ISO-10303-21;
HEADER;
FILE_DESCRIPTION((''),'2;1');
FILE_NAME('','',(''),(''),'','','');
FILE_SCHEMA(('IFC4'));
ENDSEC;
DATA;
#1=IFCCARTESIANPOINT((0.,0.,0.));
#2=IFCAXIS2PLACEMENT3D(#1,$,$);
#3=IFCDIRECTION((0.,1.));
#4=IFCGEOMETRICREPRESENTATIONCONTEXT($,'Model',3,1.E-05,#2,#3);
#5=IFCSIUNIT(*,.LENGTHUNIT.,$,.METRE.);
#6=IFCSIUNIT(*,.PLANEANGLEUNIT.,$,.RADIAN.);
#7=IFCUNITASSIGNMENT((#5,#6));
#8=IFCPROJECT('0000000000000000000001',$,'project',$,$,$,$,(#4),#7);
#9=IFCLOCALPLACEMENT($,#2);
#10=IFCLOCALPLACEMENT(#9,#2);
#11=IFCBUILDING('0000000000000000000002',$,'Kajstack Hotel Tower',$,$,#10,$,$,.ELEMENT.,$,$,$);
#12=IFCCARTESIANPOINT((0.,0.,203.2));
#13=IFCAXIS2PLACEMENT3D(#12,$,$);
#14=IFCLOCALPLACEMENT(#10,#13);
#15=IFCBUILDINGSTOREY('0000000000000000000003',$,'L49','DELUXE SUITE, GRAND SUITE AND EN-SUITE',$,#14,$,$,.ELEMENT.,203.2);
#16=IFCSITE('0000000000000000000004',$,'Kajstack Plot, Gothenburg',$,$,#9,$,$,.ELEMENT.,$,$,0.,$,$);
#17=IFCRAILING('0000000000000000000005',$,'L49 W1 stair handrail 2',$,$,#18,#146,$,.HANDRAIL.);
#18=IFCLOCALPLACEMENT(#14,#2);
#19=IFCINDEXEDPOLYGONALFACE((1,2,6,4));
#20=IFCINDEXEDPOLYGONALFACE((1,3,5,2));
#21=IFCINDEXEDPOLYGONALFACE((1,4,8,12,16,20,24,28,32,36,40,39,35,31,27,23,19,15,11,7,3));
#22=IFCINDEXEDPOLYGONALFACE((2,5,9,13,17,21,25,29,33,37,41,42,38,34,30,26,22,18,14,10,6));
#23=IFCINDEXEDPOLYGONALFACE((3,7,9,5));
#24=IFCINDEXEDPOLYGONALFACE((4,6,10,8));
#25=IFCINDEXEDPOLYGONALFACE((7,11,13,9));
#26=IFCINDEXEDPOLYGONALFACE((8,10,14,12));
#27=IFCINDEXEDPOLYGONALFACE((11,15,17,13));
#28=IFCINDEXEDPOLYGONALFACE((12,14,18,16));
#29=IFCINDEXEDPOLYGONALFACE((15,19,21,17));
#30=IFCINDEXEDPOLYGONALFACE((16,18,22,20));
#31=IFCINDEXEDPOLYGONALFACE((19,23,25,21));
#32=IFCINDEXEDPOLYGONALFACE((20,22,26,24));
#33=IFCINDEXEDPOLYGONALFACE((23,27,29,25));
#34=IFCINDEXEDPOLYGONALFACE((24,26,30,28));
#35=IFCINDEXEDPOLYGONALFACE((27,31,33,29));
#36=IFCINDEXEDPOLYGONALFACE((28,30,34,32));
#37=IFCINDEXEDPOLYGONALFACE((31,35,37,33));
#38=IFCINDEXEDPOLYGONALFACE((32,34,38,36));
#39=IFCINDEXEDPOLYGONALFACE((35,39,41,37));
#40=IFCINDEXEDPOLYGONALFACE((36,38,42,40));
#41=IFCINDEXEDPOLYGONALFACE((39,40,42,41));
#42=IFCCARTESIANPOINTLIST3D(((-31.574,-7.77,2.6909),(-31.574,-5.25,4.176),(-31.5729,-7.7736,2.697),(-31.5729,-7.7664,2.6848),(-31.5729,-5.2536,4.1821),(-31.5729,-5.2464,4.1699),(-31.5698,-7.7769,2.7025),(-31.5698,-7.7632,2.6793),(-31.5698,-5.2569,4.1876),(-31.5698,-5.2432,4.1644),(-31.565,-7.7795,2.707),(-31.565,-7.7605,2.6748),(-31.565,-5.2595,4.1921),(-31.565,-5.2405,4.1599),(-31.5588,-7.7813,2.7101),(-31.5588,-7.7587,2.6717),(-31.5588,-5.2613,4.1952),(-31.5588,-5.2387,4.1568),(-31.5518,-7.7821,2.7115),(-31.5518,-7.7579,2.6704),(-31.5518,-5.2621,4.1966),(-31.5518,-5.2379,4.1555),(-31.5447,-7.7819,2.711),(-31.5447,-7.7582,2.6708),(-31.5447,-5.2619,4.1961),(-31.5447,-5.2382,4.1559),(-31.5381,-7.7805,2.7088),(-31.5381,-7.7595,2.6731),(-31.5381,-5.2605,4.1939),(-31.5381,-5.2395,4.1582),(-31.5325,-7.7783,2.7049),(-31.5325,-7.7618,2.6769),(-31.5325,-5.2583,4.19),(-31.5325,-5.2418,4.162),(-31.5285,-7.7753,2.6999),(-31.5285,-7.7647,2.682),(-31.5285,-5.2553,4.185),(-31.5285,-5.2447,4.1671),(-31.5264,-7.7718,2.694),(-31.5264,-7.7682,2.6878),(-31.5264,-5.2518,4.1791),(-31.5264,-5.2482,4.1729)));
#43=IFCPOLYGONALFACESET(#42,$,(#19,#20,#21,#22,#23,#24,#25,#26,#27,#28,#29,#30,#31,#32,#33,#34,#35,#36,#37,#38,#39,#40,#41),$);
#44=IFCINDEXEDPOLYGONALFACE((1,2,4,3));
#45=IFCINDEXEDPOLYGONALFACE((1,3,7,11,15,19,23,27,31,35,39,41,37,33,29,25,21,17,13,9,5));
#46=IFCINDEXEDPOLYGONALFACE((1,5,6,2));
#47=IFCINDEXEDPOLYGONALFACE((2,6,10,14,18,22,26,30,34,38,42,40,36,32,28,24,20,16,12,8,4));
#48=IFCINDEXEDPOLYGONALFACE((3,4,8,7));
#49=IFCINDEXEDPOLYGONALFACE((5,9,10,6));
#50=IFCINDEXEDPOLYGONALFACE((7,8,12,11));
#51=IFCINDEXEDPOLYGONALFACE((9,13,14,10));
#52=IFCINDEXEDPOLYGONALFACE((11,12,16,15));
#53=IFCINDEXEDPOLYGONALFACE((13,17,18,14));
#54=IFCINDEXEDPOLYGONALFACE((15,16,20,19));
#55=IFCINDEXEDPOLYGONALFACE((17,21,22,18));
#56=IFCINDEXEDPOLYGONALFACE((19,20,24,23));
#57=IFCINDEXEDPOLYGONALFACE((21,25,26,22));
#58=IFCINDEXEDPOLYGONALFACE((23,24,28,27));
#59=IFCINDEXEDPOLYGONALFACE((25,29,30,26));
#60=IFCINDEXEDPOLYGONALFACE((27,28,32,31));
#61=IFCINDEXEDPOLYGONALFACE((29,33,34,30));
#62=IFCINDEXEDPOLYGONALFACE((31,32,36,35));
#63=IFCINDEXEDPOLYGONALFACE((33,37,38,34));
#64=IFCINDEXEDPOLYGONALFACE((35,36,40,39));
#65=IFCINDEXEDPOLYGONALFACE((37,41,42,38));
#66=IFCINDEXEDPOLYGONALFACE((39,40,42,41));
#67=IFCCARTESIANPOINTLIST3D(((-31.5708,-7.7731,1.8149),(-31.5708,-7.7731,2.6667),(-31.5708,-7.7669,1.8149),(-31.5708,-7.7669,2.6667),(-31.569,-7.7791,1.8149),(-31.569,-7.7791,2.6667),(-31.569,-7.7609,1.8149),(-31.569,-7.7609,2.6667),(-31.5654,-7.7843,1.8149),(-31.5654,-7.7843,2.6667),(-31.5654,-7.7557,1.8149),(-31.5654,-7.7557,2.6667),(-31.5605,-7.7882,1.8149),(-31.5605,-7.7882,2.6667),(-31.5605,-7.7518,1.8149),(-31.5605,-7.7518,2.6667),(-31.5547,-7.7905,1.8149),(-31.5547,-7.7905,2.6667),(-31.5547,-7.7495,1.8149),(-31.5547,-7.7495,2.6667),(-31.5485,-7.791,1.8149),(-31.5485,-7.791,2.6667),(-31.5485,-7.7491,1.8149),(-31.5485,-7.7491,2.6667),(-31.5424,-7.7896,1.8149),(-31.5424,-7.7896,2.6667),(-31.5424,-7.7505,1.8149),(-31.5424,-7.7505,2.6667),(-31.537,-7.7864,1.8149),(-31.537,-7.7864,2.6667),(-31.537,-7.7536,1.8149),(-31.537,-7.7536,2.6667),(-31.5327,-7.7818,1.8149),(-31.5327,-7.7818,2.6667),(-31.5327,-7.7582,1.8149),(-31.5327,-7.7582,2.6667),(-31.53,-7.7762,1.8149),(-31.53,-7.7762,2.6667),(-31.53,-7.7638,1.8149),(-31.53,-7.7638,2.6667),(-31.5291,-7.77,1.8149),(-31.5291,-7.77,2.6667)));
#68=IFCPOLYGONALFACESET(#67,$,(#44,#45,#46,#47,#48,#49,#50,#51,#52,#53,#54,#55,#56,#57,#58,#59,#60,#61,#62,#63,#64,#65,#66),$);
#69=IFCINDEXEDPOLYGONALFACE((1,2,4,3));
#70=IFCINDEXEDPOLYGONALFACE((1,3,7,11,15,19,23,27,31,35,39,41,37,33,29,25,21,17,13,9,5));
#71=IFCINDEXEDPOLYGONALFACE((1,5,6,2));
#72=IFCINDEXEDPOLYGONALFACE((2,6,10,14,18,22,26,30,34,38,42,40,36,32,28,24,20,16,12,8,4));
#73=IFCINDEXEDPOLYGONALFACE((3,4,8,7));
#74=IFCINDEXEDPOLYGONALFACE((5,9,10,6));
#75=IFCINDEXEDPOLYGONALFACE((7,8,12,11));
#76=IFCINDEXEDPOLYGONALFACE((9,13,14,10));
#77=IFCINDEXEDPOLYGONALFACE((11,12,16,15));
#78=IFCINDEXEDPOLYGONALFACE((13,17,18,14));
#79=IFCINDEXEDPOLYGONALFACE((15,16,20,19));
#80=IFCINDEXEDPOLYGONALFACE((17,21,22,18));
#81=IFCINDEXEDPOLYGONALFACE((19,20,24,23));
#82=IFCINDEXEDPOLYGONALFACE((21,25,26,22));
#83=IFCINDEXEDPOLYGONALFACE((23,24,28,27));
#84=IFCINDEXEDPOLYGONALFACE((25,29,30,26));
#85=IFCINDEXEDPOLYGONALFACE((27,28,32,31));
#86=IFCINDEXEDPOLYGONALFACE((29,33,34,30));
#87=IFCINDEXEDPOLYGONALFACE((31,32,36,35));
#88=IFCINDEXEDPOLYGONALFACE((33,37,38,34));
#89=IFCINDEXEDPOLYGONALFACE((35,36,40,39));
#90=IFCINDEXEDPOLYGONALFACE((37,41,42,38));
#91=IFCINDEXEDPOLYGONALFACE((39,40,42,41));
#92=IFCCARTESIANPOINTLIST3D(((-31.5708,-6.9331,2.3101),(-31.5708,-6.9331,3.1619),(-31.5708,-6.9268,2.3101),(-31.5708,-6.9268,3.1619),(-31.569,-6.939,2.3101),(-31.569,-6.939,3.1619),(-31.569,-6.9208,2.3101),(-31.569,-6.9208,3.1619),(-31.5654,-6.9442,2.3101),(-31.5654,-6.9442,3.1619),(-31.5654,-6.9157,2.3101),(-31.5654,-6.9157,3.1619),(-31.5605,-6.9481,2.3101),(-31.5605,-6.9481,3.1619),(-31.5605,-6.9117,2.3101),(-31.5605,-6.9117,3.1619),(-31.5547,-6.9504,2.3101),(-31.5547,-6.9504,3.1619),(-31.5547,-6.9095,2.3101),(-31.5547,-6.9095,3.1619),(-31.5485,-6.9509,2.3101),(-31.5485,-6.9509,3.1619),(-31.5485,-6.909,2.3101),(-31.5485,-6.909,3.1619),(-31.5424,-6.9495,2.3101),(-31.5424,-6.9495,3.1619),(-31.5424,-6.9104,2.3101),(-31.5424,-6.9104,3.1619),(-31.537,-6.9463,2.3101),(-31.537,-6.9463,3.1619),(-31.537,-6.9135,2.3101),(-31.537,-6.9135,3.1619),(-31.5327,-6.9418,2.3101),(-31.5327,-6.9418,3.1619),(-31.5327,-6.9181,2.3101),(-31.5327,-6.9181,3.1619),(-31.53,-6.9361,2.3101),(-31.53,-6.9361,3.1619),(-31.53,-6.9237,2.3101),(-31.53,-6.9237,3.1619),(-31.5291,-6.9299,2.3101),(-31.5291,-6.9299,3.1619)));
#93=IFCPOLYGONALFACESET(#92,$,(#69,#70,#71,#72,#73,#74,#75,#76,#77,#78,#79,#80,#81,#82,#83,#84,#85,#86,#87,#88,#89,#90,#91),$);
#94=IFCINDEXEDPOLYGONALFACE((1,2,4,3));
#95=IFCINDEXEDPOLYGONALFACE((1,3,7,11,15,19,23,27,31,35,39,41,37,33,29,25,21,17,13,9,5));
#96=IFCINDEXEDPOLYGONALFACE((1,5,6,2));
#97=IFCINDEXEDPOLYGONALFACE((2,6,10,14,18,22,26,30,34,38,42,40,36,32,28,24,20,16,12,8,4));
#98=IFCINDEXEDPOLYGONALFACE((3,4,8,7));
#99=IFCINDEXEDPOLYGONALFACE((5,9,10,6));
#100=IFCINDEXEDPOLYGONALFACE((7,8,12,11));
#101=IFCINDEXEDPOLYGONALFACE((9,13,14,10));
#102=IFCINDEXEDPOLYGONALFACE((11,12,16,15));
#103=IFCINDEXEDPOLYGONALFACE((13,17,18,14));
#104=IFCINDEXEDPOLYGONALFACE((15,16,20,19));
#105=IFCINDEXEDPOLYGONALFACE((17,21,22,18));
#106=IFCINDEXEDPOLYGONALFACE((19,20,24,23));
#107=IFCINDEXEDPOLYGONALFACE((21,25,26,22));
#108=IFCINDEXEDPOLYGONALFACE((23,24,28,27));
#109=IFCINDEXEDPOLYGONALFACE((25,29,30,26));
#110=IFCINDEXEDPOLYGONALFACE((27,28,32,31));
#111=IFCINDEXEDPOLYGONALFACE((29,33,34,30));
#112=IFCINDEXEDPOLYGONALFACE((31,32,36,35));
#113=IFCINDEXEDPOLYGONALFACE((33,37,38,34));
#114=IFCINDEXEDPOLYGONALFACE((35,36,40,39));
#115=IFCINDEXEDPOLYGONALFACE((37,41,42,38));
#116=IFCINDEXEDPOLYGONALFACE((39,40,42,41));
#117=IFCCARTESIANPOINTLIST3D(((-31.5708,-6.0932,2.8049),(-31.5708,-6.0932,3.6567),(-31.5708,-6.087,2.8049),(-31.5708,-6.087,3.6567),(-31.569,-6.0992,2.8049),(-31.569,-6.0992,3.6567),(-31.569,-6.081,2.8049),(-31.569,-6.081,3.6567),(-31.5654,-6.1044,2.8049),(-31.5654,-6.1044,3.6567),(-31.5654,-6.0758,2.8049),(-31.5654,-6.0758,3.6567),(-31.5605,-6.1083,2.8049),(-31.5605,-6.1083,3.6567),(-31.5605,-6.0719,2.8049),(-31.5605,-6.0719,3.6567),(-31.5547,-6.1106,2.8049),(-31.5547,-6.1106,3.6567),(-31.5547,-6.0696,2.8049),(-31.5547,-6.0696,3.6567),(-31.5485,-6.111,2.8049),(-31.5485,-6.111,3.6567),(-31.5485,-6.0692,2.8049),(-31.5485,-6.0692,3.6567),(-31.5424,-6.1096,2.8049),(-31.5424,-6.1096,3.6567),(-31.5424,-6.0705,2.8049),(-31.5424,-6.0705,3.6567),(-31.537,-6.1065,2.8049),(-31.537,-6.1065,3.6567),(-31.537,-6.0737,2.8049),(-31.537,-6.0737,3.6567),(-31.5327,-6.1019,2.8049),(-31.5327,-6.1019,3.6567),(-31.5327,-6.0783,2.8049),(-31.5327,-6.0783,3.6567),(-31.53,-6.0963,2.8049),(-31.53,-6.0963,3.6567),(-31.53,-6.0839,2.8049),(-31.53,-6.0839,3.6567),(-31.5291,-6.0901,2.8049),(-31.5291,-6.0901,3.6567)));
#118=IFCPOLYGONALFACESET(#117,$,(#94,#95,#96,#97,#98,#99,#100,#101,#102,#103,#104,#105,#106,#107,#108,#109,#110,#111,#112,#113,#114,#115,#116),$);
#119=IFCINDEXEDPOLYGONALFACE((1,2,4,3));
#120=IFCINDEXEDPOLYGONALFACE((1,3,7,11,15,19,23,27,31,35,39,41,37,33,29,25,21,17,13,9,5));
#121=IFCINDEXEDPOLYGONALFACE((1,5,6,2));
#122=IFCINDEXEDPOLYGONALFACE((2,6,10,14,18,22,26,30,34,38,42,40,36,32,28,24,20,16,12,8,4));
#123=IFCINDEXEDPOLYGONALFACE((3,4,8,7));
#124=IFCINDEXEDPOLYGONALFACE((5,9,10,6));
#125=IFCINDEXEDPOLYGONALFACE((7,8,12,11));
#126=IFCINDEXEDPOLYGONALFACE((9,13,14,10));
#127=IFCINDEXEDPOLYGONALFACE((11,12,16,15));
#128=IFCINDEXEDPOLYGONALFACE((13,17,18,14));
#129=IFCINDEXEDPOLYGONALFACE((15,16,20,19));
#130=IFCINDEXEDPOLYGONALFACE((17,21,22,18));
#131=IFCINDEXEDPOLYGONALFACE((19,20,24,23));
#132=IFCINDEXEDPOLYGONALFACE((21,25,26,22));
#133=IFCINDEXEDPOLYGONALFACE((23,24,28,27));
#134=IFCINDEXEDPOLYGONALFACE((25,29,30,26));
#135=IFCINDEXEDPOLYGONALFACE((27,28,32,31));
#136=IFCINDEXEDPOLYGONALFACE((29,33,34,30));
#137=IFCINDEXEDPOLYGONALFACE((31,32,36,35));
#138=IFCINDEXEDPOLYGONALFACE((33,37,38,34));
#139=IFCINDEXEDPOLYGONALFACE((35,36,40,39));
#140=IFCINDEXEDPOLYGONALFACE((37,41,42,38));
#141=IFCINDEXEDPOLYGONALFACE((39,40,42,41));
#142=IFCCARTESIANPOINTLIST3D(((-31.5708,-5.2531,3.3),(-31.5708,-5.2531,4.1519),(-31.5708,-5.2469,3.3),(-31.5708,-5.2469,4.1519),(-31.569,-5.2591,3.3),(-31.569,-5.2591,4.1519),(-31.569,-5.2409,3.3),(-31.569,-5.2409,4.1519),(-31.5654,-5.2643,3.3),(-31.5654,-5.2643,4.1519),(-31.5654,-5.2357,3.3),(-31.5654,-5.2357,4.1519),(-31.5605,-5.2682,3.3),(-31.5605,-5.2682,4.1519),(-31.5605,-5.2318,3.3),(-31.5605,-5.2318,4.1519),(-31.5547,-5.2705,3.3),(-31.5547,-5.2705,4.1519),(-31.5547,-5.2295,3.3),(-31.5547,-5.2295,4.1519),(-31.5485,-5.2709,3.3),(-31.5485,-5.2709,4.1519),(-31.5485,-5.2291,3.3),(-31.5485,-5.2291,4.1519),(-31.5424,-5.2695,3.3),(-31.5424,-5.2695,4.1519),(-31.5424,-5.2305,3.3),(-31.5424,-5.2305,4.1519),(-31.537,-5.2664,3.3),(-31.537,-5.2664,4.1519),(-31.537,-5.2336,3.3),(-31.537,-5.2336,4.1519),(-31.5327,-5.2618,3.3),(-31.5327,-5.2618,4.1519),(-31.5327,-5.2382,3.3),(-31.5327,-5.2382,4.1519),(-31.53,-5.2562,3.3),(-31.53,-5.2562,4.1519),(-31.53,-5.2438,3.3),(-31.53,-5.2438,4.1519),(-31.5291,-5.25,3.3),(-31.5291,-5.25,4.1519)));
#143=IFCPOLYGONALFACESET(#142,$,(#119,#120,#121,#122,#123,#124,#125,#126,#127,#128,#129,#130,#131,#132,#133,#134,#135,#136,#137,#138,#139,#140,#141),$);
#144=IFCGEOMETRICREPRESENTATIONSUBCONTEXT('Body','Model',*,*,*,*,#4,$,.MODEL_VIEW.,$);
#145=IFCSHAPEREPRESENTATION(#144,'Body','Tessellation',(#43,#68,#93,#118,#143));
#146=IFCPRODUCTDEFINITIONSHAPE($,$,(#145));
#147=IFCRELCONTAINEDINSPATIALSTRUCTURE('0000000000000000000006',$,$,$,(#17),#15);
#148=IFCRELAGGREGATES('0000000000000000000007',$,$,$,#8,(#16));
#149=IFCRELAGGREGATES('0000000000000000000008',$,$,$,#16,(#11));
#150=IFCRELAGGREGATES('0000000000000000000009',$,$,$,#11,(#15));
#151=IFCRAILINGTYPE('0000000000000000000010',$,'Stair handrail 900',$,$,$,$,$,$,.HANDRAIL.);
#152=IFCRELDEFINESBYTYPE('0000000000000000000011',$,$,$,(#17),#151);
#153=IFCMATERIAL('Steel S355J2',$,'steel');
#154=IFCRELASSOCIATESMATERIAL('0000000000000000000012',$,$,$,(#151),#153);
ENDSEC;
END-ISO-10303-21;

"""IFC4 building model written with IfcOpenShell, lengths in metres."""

from ifc_helpers import new_model, si_unit, direction, frame, origin, origin_2d, place, context, subcontext, project, spatial, circle, extrude, material, type_object, element, save


model = new_model("IFC4")

# Units and contexts
model_context = context("Model", 3, precision=1e-05, world=origin(), true_north=direction((0.0, 1.0)))
body_context = subcontext(model_context, "Body", "Model", "MODEL_VIEW")
ifc_project = project(units=[si_unit("LENGTHUNIT", "METRE"), si_unit("PLANEANGLEUNIT", "RADIAN")], contexts=[model_context])

# Site, building, storey
site_placement = place(None, origin())
site = spatial("IfcSite", under=ifc_project, at=site_placement, Name="Kajstack Plot, Gothenburg", CompositionType="ELEMENT", RefElevation=0.0)
building_placement = place(site_placement, origin())
building = spatial("IfcBuilding", under=site, at=building_placement, Name="Kajstack Hotel Tower", CompositionType="ELEMENT")
storey_placement = place(building_placement, frame((0.0, 0.0, 203.2)))
storey = spatial("IfcBuildingStorey", under=building, at=storey_placement, Name="L49", Description="DELUXE SUITE, GRAND SUITE AND EN-SUITE", CompositionType="ELEMENT", Elevation=203.2)

# Railing
ifc_material_1 = material(Name="Steel S355J2", Category="steel")
railing_type = type_object("IfcRailingType", Name="Stair handrail 900", PredefinedType="HANDRAIL", material=ifc_material_1)
railing_1_placement = place(storey_placement, frame((-31.55, -7.77, 1.8149)))
element("IfcRailing", 1, at=railing_1_placement, inside=storey, type_object=railing_type, Name="L49 W1 stair handrail 2", PredefinedType="HANDRAIL", context=body_context, shape_type="SweptSolid", body=[
    extrude(circle(Radius=0.0239, at=origin_2d()), frame((0.0, 0.0, 0.876), z_axis=(0.0, 0.861524, 0.507717), x_axis=(-1.0, 0.0, 0.0)), (0.0, 0.0, 1.0), 2.925),
    extrude(circle(Radius=0.021, at=origin_2d()), origin(), (0.0, 0.0, 1.0), 0.8518),
    extrude(circle(Radius=0.021, at=origin_2d()), frame((0.0, 0.8401, 0.4951)), (0.0, 0.0, 1.0), 0.8518),
    extrude(circle(Radius=0.021, at=origin_2d()), frame((0.0, 1.6799, 0.99)), (0.0, 0.0, 1.0), 0.8518),
    extrude(circle(Radius=0.021, at=origin_2d()), frame((0.0, 2.52, 1.4851)), (0.0, 0.0, 1.0), 0.8518),
])

save(model, "model.ifc")
